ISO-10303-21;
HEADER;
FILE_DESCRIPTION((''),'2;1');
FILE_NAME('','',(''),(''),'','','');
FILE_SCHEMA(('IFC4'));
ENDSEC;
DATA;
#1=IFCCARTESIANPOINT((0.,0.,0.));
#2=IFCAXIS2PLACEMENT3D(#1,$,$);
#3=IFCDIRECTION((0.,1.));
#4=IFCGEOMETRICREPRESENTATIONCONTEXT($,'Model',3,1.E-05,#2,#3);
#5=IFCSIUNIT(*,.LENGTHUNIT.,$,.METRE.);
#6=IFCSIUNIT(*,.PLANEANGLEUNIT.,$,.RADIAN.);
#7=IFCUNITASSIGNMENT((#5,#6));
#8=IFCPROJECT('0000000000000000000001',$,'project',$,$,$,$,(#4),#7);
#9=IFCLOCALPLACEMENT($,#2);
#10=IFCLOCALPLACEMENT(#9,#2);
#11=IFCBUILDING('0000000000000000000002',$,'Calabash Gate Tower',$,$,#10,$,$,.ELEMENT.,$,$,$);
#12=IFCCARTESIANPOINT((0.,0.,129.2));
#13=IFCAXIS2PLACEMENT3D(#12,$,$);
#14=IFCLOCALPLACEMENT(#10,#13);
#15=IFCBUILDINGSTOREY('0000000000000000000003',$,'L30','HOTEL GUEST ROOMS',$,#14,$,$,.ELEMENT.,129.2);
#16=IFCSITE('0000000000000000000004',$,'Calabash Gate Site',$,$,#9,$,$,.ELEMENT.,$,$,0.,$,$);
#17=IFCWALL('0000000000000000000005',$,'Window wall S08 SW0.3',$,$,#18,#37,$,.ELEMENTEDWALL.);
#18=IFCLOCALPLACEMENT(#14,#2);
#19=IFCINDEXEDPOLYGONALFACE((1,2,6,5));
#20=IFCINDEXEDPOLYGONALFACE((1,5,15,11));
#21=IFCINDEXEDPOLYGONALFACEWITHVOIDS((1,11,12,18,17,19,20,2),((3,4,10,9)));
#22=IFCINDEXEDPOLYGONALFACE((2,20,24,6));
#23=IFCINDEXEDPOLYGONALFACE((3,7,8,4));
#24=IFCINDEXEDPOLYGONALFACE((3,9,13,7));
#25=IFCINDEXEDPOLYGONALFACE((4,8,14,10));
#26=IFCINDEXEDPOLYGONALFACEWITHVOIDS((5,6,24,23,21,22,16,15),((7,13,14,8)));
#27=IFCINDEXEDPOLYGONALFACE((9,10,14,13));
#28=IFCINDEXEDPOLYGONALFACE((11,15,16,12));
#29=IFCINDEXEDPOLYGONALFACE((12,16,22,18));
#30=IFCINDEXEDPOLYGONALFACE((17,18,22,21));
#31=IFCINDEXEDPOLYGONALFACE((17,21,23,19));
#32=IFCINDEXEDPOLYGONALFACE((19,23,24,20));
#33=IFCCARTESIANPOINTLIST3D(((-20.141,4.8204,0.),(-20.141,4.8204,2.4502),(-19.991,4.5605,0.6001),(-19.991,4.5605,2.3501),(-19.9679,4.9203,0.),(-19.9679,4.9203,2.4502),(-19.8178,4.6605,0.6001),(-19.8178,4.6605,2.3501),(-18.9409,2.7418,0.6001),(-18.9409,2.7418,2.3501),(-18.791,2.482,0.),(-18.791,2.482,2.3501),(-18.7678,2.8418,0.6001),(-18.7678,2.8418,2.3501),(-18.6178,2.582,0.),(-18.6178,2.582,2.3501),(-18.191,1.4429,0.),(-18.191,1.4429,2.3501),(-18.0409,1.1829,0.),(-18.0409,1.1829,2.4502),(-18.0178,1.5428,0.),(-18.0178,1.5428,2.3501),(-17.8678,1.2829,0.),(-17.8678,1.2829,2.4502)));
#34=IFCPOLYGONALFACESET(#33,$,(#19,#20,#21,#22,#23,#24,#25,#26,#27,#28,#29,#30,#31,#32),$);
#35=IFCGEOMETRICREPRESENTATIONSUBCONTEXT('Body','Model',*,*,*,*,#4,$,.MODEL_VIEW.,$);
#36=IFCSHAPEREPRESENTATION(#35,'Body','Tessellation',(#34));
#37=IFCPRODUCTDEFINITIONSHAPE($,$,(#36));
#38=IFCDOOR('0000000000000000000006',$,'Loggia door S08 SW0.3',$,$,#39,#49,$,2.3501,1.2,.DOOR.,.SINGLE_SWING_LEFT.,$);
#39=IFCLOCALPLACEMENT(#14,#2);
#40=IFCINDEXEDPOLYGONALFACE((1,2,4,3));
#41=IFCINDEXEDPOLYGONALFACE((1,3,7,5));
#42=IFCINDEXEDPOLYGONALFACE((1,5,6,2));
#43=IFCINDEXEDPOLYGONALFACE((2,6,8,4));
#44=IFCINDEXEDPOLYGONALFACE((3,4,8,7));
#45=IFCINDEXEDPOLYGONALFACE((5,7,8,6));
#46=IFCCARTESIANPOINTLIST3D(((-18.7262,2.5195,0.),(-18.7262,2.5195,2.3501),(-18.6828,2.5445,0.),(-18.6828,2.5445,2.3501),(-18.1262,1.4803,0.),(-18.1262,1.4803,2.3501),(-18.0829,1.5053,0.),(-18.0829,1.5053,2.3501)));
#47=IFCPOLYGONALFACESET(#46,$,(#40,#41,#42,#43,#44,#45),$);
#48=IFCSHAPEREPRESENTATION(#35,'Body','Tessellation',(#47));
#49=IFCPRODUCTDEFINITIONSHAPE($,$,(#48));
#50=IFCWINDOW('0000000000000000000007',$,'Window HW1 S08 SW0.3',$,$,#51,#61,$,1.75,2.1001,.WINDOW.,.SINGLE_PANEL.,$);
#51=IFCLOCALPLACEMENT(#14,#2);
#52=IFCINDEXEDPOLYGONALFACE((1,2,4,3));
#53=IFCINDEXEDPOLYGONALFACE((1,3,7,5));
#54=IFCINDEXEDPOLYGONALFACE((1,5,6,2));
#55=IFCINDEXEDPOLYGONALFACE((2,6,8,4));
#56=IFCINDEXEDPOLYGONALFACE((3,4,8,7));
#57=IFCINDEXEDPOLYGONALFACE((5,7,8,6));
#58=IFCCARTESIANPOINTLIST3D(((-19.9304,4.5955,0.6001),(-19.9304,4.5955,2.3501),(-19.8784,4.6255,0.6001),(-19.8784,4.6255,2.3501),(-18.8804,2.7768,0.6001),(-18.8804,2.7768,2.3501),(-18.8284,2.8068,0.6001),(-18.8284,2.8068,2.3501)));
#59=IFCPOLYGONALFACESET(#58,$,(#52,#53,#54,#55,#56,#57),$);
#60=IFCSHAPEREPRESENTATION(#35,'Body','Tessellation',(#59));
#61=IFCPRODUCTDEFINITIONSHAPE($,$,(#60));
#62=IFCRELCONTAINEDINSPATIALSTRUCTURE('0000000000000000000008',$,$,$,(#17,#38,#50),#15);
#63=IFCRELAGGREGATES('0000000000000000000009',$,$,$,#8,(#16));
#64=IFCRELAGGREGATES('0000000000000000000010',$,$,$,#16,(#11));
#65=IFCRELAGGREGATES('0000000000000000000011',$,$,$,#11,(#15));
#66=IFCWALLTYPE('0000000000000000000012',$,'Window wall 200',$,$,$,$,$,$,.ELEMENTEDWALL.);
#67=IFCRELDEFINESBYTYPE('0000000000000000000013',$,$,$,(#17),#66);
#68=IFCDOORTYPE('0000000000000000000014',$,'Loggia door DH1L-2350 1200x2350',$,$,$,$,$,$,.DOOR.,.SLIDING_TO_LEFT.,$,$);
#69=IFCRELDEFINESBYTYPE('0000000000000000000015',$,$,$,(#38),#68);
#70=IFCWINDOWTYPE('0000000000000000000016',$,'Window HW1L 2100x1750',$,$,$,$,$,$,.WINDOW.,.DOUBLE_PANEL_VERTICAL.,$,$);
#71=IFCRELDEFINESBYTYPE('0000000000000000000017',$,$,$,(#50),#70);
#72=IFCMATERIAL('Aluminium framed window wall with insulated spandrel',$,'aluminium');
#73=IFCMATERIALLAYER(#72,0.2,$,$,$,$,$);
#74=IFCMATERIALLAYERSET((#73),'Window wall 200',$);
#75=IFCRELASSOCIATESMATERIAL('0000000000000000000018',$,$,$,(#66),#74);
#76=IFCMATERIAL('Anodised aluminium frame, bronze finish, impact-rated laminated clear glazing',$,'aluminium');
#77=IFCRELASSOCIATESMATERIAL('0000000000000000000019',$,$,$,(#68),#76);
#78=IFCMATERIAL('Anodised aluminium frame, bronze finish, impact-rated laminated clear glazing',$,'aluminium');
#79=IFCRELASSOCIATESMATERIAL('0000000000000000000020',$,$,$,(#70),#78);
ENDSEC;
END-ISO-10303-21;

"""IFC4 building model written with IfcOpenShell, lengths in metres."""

from ifc_helpers import new_model, si_unit, direction, frame, frame_2d, origin, place, context, subcontext, project, spatial, rectangle, extrude, material, layer, layer_set, type_object, element, fill, save


model = new_model("IFC4")

# Units and contexts
model_context = context("Model", 3, precision=1e-05, world=origin(), true_north=direction((0.0, 1.0)))
body_context = subcontext(model_context, "Body", "Model", "MODEL_VIEW")
ifc_project = project(units=[si_unit("LENGTHUNIT", "METRE"), si_unit("PLANEANGLEUNIT", "RADIAN")], contexts=[model_context])

# Site, building, storey
site_placement = place(None, origin())
site = spatial("IfcSite", under=ifc_project, at=site_placement, Name="Calabash Gate Site", CompositionType="ELEMENT", RefElevation=0.0)
building_placement = place(site_placement, origin())
building = spatial("IfcBuilding", under=site, at=building_placement, Name="Calabash Gate Tower", CompositionType="ELEMENT")
storey_placement = place(building_placement, frame((0.0, 0.0, 129.2)))
storey = spatial("IfcBuildingStorey", under=building, at=storey_placement, Name="L30", Description="HOTEL GUEST ROOMS", CompositionType="ELEMENT", Elevation=129.2)

# Wall, openings, door, window
ifc_material_1 = material(Name="Aluminium framed window wall with insulated spandrel", Category="aluminium")
ifc_layer_1 = layer(ifc_material_1, 0.2)
ifc_layer_set_1 = layer_set([ifc_layer_1], Name="Window wall 200")
wall_type_1 = type_object("IfcWallType", Name="Window wall 200", PredefinedType="ELEMENTEDWALL", material=ifc_layer_set_1)
wall_1_placement = place(storey_placement, frame((-20.0544, 4.8704, 0.0), z_axis=(0.0, 0.0, 1.0), x_axis=(0.500003, -0.866024, 0.0)))
wall_1 = element("IfcWall", 1, at=wall_1_placement, inside=storey, type_object=wall_type_1, Name="Window wall S08 SW0.3", PredefinedType="ELEMENTEDWALL", context=body_context, shape_type="SweptSolid", body=[
    extrude(rectangle(XDim=4.2002, YDim=0.2, at=frame_2d((2.1001, 0.0))), origin(), (0.0, 0.0, 1.0), 2.4502),
])
opening_1_placement = place(wall_1_placement, frame((0.3, 0.0, 0.6001)))
opening_1 = element("IfcOpeningElement", 2, at=opening_1_placement, cuts=wall_1, PredefinedType="OPENING", context=body_context, shape_type="SweptSolid", body=[
    extrude(rectangle(XDim=2.1001, YDim=1.75, at=frame_2d((1.05, 0.875))), frame((0.0, 0.1099, 0.0), z_axis=(0.0, -1.0, 0.0), x_axis=(1.0, 0.0, 0.0)), (0.0, 0.0, 1.0), 0.22),
])
opening_2_placement = place(wall_1_placement, frame((2.7, 0.0, 0.0)))
opening_2 = element("IfcOpeningElement", 3, at=opening_2_placement, cuts=wall_1, PredefinedType="OPENING", context=body_context, shape_type="SweptSolid", body=[
    extrude(rectangle(XDim=1.2, YDim=2.3501, at=frame_2d((0.6001, 1.175))), frame((0.0, 0.1099, 0.0), z_axis=(0.0, -1.0, 0.0), x_axis=(1.0, 0.0, 0.0)), (0.0, 0.0, 1.0), 0.22),
])
ifc_material_2 = material(Name="Anodised aluminium frame, bronze finish, impact-rated laminated clear glazing", Category="aluminium")
door_type_1 = type_object("IfcDoorType", Name="Loggia door DH1L-2350 1200x2350", OperationType="SLIDING_TO_LEFT", PredefinedType="DOOR", material=ifc_material_2)
door_1_placement = place(opening_2_placement, origin())
door_1 = element("IfcDoor", 4, at=door_1_placement, inside=storey, type_object=door_type_1, Name="Loggia door S08 SW0.3", OperationType="SINGLE_SWING_LEFT", OverallHeight=2.3501, OverallWidth=1.2, PredefinedType="DOOR", context=body_context, shape_type="SweptSolid", body=[
    extrude(rectangle(XDim=1.2, YDim=2.3501, at=frame_2d((0.6001, 1.175))), frame((0.0, 0.0249, 0.0), z_axis=(0.0, -1.0, 0.0), x_axis=(1.0, 0.0, 0.0)), (0.0, 0.0, 1.0), 0.05),
])
fill(opening_2, door_1)
ifc_material_3 = material(Name="Anodised aluminium frame, bronze finish, impact-rated laminated clear glazing", Category="aluminium")
window_type = type_object("IfcWindowType", Name="Window HW1L 2100x1750", PartitioningType="DOUBLE_PANEL_VERTICAL", PredefinedType="WINDOW", material=ifc_material_3)
window_placement = place(opening_1_placement, origin())
window = element("IfcWindow", 5, at=window_placement, inside=storey, type_object=window_type, Name="Window HW1 S08 SW0.3", OverallHeight=1.75, OverallWidth=2.1001, PartitioningType="SINGLE_PANEL", PredefinedType="WINDOW", context=body_context, shape_type="SweptSolid", body=[
    extrude(rectangle(XDim=2.1001, YDim=1.75, at=frame_2d((1.05, 0.875))), frame((0.0, 0.03, 0.0), z_axis=(0.0, -1.0, 0.0), x_axis=(1.0, 0.0, 0.0)), (0.0, 0.0, 1.0), 0.0601),
])
fill(opening_1, window)

save(model, "model.ifc")
